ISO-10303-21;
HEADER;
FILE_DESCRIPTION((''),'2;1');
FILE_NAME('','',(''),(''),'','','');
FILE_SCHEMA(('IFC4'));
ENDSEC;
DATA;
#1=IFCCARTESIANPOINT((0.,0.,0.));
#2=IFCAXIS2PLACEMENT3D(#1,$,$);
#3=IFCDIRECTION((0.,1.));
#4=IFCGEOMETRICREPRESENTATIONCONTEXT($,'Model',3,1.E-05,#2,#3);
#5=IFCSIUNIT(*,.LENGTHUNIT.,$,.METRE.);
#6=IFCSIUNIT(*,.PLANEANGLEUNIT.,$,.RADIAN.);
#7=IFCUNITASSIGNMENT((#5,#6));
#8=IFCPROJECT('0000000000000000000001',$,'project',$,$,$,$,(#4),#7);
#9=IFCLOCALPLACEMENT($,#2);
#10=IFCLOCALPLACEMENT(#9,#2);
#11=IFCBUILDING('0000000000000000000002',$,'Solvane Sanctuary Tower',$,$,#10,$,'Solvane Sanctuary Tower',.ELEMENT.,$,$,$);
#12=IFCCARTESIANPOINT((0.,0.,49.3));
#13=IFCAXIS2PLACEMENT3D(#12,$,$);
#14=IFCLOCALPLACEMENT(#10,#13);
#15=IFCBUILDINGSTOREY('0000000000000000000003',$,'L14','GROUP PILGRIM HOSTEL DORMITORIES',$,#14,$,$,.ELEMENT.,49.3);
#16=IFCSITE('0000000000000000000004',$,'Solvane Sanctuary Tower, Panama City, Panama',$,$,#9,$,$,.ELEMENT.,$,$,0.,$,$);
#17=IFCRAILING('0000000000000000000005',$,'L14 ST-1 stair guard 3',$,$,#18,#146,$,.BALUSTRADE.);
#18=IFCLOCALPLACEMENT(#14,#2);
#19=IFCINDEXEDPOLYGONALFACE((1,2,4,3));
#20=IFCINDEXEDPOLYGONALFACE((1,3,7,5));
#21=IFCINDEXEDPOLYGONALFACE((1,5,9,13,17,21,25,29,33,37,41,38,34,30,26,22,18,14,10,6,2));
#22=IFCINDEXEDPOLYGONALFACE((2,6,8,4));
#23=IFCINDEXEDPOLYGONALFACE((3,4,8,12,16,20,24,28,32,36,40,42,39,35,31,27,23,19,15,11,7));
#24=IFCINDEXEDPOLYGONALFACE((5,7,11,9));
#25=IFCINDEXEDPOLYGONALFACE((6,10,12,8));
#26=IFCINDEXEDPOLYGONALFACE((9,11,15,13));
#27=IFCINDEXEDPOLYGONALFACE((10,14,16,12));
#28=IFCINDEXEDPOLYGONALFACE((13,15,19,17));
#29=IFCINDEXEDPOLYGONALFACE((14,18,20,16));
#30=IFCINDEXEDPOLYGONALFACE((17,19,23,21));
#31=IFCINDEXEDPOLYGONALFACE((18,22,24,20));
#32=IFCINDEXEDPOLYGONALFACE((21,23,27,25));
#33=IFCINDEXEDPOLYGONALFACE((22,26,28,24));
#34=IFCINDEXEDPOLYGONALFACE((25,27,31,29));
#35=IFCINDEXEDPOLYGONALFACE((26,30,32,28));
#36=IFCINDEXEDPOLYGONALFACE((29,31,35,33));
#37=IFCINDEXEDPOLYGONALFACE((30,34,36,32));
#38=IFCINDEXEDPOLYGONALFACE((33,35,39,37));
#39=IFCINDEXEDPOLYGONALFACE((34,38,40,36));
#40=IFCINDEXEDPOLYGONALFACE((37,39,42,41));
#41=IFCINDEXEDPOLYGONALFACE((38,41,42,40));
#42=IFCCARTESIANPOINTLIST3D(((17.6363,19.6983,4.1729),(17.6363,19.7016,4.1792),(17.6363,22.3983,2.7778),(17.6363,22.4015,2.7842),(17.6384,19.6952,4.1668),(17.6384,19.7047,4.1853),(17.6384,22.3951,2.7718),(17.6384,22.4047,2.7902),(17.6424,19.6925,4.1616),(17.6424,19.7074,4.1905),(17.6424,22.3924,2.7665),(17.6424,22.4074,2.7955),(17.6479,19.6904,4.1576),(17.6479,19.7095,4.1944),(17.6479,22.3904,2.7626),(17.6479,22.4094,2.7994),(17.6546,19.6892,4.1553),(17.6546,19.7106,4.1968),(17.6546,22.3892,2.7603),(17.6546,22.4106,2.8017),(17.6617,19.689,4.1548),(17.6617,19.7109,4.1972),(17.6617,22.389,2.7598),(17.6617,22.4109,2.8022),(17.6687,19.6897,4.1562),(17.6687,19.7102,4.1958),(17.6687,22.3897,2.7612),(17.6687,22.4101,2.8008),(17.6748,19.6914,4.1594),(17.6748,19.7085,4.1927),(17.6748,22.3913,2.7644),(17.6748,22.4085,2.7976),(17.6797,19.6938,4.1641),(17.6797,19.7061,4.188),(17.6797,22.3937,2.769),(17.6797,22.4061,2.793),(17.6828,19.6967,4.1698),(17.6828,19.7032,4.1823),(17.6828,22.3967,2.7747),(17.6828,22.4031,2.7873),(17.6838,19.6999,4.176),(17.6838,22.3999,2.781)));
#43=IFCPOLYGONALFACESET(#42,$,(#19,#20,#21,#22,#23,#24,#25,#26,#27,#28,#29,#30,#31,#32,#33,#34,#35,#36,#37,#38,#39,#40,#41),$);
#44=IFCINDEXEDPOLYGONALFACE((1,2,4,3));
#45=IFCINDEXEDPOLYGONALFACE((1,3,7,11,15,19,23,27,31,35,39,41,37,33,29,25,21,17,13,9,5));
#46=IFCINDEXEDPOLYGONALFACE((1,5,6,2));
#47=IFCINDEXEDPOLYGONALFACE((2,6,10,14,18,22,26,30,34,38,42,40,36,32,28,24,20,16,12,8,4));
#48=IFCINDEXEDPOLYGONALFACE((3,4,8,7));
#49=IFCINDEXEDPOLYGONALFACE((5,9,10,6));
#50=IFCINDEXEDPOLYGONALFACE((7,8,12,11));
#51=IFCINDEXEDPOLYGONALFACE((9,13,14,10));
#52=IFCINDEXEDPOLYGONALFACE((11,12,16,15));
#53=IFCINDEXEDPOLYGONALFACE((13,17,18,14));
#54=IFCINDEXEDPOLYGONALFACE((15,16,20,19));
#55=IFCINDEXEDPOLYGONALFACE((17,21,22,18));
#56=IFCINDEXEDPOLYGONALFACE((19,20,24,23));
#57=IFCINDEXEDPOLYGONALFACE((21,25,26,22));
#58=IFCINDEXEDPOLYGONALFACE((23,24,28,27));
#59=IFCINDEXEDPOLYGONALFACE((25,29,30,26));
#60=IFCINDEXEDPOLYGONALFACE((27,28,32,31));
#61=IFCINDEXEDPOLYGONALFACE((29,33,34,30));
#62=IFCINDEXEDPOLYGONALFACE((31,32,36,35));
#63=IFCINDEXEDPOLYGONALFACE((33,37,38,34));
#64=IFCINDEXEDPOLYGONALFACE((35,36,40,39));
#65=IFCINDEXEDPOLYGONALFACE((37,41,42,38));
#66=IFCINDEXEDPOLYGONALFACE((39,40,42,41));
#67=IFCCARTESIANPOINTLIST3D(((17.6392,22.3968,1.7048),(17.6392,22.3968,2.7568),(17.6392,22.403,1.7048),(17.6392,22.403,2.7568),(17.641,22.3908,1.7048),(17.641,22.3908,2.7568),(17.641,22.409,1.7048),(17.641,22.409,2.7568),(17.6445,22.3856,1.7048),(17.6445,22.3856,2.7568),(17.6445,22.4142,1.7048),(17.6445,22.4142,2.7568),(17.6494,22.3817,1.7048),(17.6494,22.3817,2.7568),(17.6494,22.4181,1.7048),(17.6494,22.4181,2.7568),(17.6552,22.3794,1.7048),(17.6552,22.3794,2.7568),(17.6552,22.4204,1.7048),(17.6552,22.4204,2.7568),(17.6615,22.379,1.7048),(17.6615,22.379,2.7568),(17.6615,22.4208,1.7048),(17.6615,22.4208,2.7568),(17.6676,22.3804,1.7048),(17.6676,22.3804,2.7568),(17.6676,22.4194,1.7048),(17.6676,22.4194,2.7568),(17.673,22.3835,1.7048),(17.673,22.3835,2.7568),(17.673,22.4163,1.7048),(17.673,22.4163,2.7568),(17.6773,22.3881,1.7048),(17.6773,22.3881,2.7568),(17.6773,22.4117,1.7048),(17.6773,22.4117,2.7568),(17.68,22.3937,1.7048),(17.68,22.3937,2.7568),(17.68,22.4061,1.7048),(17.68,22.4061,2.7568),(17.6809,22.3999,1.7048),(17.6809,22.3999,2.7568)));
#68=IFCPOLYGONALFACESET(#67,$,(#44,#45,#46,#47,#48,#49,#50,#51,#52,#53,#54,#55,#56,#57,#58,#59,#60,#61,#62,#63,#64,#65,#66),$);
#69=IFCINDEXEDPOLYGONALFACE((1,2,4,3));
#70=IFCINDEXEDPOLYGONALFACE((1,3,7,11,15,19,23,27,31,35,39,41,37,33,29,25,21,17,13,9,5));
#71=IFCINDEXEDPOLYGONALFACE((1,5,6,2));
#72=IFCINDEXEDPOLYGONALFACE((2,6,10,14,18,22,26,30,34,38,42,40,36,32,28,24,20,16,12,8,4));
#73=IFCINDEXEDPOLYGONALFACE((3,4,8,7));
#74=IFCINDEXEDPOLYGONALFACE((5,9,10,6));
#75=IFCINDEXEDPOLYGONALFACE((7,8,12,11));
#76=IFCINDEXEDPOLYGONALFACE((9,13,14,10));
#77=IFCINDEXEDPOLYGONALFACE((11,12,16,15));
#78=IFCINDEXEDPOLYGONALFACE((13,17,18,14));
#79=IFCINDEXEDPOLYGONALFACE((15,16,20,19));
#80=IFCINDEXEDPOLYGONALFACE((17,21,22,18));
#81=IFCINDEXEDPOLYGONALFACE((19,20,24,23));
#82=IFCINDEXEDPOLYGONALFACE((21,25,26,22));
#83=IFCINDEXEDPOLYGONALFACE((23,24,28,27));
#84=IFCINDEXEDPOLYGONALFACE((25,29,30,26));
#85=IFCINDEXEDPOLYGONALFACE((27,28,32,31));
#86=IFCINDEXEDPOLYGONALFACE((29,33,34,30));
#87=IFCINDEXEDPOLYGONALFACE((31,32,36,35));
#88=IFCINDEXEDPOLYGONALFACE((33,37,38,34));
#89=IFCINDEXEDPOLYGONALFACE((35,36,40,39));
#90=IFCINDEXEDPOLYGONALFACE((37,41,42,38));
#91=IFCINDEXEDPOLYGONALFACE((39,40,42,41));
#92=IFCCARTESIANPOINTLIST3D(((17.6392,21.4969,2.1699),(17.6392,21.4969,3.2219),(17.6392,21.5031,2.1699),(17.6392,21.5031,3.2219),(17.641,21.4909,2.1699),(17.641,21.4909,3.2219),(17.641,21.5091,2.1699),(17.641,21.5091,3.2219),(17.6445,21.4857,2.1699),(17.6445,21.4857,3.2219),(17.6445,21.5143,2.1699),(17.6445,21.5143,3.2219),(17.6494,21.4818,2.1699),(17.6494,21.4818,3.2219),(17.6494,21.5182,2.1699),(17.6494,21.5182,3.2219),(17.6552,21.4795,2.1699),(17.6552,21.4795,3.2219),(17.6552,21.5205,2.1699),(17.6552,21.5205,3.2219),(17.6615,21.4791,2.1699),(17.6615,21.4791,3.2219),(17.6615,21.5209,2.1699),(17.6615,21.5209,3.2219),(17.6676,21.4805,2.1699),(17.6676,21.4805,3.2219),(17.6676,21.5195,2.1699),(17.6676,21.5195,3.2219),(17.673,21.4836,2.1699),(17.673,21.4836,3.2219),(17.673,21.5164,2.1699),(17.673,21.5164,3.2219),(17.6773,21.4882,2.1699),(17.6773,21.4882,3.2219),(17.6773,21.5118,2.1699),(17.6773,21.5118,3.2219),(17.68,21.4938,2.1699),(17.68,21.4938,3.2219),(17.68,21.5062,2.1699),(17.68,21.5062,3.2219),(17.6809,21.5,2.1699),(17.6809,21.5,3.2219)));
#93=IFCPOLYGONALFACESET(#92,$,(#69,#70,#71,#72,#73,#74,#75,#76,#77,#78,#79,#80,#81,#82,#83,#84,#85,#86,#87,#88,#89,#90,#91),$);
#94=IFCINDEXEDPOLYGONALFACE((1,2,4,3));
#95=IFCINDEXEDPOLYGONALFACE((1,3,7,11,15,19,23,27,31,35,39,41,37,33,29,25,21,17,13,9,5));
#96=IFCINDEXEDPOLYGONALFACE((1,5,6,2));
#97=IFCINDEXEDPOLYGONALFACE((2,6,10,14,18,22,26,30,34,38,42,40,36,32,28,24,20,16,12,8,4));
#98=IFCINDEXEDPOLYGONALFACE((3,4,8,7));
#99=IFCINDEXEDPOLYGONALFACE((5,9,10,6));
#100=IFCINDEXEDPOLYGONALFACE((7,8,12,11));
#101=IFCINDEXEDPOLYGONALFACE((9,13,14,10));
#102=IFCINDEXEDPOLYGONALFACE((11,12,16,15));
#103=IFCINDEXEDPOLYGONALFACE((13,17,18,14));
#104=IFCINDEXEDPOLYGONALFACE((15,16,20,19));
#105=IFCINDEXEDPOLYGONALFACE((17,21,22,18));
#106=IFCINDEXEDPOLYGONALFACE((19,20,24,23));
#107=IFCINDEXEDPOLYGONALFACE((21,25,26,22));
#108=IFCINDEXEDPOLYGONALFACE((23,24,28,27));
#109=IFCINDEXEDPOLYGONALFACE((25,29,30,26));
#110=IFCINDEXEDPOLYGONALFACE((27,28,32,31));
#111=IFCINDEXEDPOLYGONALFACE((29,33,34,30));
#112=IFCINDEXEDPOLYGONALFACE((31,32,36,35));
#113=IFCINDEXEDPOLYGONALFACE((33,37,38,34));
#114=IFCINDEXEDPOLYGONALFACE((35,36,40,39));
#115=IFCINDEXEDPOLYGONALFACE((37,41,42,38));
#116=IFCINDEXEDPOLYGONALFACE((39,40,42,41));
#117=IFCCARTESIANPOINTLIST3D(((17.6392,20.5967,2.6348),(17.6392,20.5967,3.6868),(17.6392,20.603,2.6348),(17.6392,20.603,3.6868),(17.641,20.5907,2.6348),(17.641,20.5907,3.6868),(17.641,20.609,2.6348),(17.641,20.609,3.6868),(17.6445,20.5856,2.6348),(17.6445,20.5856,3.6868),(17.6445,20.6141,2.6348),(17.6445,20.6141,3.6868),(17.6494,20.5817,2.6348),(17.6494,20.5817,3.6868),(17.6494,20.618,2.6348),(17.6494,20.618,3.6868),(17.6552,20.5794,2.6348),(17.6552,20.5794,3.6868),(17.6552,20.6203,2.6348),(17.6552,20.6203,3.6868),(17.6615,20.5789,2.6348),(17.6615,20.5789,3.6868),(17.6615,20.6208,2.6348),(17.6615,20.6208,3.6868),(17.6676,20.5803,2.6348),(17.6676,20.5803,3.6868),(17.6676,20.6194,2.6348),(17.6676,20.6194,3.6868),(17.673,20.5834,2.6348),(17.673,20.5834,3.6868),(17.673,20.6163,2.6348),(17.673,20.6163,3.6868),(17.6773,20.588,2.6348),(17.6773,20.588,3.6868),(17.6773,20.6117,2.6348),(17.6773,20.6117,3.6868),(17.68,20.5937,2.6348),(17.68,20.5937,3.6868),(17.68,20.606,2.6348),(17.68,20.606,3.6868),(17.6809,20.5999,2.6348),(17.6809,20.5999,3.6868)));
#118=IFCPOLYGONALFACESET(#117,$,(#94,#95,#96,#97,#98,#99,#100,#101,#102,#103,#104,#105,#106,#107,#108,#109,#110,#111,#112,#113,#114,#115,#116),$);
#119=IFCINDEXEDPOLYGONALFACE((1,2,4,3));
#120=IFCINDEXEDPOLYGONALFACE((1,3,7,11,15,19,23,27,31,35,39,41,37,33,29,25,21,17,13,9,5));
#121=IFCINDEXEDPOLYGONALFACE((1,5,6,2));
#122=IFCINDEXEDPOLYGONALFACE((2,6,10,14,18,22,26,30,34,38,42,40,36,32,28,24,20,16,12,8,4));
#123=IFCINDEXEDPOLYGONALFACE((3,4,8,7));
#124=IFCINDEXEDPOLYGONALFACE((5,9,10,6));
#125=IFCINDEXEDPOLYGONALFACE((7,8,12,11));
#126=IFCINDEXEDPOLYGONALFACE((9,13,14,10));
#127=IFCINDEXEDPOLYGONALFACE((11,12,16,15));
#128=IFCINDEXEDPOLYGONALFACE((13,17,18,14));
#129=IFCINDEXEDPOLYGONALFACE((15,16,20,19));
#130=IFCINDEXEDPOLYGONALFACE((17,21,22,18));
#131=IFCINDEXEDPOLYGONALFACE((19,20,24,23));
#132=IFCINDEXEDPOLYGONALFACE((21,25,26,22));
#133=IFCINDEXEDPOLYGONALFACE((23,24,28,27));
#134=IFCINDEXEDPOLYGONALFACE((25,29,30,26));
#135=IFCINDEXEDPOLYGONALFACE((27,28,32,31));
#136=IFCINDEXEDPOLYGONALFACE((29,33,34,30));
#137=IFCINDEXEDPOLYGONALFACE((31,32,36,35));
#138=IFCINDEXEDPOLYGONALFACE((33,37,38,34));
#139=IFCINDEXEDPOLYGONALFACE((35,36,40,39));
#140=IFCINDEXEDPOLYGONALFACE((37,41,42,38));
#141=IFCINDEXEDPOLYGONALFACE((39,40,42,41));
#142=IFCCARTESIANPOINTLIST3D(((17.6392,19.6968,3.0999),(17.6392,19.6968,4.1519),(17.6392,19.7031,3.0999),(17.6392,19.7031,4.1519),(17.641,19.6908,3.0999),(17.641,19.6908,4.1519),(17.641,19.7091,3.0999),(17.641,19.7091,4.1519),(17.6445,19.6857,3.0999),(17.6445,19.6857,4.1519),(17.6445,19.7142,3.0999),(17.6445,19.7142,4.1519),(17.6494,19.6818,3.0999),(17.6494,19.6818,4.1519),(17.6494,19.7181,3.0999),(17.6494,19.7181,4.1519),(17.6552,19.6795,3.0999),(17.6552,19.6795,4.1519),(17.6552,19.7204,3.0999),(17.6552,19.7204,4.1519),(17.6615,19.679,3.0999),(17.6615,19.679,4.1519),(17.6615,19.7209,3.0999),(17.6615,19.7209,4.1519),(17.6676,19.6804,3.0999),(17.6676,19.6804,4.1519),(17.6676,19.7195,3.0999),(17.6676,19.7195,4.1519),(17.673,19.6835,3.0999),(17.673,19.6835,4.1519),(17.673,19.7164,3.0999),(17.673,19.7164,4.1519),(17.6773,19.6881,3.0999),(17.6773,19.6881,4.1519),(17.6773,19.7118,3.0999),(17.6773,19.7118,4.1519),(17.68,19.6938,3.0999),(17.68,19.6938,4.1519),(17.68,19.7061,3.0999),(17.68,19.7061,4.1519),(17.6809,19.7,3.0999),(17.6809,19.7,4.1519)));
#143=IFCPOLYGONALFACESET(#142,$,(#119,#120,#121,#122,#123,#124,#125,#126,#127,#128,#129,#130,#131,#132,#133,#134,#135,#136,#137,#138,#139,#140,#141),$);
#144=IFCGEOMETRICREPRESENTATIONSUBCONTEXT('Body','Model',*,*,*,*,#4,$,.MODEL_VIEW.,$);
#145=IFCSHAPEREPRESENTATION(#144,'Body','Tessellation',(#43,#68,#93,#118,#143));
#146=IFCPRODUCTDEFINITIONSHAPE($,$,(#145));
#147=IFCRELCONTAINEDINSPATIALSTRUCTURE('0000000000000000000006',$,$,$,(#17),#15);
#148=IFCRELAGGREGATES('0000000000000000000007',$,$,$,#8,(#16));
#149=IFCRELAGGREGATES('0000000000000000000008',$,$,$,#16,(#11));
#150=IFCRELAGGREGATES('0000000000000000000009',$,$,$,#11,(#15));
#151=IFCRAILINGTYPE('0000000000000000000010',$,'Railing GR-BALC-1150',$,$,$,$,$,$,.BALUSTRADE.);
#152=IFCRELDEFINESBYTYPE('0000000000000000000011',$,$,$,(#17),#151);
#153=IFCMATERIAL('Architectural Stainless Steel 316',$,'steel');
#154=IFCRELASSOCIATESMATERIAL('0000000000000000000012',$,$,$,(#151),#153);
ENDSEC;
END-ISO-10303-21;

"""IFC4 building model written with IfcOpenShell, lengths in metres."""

from ifc_helpers import new_model, si_unit, direction, frame, origin, origin_2d, place, context, subcontext, project, spatial, circle, extrude, material, type_object, element, save


model = new_model("IFC4")

# Units and contexts
model_context = context("Model", 3, precision=1e-05, world=origin(), true_north=direction((0.0, 1.0)))
body_context = subcontext(model_context, "Body", "Model", "MODEL_VIEW")
ifc_project = project(units=[si_unit("LENGTHUNIT", "METRE"), si_unit("PLANEANGLEUNIT", "RADIAN")], contexts=[model_context])

# Site, building, storey
site_placement = place(None, origin())
site = spatial("IfcSite", under=ifc_project, at=site_placement, Name="Solvane Sanctuary Tower, Panama City, Panama", CompositionType="ELEMENT", RefElevation=0.0)
building_placement = place(site_placement, origin())
building = spatial("IfcBuilding", under=site, at=building_placement, Name="Solvane Sanctuary Tower", LongName="Solvane Sanctuary Tower", CompositionType="ELEMENT")
storey_placement = place(building_placement, frame((0.0, 0.0, 49.3)))
storey = spatial("IfcBuildingStorey", under=building, at=storey_placement, Name="L14", Description="GROUP PILGRIM HOSTEL DORMITORIES", CompositionType="ELEMENT", Elevation=49.3)

# Railing
ifc_material_1 = material(Name="Architectural Stainless Steel 316", Category="steel")
railing_type_1 = type_object("IfcRailingType", Name="Railing GR-BALC-1150", PredefinedType="BALUSTRADE", material=ifc_material_1)
railing_1_placement = place(storey_placement, frame((17.6599, 22.3999, 1.7048)))
element("IfcRailing", 1, at=railing_1_placement, inside=storey, type_object=railing_type_1, Name="L14 ST-1 stair guard 3", PredefinedType="BALUSTRADE", context=body_context, shape_type="SweptSolid", body=[
    extrude(circle(Radius=0.0239, at=origin_2d()), frame((0.0, 0.0, 1.0762), z_axis=(0.0, -0.88842, 0.459032), x_axis=(1.0, 0.0, 0.0)), (0.0, 0.0, 1.0), 3.0391),
    extrude(circle(Radius=0.021, at=origin_2d()), origin(), (0.0, 0.0, 1.0), 1.052),
    extrude(circle(Radius=0.021, at=origin_2d()), frame((0.0, -0.8999, 0.4651)), (0.0, 0.0, 1.0), 1.052),
    extrude(circle(Radius=0.021, at=origin_2d()), frame((0.0, -1.8, 0.9299)), (0.0, 0.0, 1.0), 1.052),
    extrude(circle(Radius=0.021, at=origin_2d()), frame((0.0, -2.7, 1.395)), (0.0, 0.0, 1.0), 1.052),
])

save(model, "model.ifc")
